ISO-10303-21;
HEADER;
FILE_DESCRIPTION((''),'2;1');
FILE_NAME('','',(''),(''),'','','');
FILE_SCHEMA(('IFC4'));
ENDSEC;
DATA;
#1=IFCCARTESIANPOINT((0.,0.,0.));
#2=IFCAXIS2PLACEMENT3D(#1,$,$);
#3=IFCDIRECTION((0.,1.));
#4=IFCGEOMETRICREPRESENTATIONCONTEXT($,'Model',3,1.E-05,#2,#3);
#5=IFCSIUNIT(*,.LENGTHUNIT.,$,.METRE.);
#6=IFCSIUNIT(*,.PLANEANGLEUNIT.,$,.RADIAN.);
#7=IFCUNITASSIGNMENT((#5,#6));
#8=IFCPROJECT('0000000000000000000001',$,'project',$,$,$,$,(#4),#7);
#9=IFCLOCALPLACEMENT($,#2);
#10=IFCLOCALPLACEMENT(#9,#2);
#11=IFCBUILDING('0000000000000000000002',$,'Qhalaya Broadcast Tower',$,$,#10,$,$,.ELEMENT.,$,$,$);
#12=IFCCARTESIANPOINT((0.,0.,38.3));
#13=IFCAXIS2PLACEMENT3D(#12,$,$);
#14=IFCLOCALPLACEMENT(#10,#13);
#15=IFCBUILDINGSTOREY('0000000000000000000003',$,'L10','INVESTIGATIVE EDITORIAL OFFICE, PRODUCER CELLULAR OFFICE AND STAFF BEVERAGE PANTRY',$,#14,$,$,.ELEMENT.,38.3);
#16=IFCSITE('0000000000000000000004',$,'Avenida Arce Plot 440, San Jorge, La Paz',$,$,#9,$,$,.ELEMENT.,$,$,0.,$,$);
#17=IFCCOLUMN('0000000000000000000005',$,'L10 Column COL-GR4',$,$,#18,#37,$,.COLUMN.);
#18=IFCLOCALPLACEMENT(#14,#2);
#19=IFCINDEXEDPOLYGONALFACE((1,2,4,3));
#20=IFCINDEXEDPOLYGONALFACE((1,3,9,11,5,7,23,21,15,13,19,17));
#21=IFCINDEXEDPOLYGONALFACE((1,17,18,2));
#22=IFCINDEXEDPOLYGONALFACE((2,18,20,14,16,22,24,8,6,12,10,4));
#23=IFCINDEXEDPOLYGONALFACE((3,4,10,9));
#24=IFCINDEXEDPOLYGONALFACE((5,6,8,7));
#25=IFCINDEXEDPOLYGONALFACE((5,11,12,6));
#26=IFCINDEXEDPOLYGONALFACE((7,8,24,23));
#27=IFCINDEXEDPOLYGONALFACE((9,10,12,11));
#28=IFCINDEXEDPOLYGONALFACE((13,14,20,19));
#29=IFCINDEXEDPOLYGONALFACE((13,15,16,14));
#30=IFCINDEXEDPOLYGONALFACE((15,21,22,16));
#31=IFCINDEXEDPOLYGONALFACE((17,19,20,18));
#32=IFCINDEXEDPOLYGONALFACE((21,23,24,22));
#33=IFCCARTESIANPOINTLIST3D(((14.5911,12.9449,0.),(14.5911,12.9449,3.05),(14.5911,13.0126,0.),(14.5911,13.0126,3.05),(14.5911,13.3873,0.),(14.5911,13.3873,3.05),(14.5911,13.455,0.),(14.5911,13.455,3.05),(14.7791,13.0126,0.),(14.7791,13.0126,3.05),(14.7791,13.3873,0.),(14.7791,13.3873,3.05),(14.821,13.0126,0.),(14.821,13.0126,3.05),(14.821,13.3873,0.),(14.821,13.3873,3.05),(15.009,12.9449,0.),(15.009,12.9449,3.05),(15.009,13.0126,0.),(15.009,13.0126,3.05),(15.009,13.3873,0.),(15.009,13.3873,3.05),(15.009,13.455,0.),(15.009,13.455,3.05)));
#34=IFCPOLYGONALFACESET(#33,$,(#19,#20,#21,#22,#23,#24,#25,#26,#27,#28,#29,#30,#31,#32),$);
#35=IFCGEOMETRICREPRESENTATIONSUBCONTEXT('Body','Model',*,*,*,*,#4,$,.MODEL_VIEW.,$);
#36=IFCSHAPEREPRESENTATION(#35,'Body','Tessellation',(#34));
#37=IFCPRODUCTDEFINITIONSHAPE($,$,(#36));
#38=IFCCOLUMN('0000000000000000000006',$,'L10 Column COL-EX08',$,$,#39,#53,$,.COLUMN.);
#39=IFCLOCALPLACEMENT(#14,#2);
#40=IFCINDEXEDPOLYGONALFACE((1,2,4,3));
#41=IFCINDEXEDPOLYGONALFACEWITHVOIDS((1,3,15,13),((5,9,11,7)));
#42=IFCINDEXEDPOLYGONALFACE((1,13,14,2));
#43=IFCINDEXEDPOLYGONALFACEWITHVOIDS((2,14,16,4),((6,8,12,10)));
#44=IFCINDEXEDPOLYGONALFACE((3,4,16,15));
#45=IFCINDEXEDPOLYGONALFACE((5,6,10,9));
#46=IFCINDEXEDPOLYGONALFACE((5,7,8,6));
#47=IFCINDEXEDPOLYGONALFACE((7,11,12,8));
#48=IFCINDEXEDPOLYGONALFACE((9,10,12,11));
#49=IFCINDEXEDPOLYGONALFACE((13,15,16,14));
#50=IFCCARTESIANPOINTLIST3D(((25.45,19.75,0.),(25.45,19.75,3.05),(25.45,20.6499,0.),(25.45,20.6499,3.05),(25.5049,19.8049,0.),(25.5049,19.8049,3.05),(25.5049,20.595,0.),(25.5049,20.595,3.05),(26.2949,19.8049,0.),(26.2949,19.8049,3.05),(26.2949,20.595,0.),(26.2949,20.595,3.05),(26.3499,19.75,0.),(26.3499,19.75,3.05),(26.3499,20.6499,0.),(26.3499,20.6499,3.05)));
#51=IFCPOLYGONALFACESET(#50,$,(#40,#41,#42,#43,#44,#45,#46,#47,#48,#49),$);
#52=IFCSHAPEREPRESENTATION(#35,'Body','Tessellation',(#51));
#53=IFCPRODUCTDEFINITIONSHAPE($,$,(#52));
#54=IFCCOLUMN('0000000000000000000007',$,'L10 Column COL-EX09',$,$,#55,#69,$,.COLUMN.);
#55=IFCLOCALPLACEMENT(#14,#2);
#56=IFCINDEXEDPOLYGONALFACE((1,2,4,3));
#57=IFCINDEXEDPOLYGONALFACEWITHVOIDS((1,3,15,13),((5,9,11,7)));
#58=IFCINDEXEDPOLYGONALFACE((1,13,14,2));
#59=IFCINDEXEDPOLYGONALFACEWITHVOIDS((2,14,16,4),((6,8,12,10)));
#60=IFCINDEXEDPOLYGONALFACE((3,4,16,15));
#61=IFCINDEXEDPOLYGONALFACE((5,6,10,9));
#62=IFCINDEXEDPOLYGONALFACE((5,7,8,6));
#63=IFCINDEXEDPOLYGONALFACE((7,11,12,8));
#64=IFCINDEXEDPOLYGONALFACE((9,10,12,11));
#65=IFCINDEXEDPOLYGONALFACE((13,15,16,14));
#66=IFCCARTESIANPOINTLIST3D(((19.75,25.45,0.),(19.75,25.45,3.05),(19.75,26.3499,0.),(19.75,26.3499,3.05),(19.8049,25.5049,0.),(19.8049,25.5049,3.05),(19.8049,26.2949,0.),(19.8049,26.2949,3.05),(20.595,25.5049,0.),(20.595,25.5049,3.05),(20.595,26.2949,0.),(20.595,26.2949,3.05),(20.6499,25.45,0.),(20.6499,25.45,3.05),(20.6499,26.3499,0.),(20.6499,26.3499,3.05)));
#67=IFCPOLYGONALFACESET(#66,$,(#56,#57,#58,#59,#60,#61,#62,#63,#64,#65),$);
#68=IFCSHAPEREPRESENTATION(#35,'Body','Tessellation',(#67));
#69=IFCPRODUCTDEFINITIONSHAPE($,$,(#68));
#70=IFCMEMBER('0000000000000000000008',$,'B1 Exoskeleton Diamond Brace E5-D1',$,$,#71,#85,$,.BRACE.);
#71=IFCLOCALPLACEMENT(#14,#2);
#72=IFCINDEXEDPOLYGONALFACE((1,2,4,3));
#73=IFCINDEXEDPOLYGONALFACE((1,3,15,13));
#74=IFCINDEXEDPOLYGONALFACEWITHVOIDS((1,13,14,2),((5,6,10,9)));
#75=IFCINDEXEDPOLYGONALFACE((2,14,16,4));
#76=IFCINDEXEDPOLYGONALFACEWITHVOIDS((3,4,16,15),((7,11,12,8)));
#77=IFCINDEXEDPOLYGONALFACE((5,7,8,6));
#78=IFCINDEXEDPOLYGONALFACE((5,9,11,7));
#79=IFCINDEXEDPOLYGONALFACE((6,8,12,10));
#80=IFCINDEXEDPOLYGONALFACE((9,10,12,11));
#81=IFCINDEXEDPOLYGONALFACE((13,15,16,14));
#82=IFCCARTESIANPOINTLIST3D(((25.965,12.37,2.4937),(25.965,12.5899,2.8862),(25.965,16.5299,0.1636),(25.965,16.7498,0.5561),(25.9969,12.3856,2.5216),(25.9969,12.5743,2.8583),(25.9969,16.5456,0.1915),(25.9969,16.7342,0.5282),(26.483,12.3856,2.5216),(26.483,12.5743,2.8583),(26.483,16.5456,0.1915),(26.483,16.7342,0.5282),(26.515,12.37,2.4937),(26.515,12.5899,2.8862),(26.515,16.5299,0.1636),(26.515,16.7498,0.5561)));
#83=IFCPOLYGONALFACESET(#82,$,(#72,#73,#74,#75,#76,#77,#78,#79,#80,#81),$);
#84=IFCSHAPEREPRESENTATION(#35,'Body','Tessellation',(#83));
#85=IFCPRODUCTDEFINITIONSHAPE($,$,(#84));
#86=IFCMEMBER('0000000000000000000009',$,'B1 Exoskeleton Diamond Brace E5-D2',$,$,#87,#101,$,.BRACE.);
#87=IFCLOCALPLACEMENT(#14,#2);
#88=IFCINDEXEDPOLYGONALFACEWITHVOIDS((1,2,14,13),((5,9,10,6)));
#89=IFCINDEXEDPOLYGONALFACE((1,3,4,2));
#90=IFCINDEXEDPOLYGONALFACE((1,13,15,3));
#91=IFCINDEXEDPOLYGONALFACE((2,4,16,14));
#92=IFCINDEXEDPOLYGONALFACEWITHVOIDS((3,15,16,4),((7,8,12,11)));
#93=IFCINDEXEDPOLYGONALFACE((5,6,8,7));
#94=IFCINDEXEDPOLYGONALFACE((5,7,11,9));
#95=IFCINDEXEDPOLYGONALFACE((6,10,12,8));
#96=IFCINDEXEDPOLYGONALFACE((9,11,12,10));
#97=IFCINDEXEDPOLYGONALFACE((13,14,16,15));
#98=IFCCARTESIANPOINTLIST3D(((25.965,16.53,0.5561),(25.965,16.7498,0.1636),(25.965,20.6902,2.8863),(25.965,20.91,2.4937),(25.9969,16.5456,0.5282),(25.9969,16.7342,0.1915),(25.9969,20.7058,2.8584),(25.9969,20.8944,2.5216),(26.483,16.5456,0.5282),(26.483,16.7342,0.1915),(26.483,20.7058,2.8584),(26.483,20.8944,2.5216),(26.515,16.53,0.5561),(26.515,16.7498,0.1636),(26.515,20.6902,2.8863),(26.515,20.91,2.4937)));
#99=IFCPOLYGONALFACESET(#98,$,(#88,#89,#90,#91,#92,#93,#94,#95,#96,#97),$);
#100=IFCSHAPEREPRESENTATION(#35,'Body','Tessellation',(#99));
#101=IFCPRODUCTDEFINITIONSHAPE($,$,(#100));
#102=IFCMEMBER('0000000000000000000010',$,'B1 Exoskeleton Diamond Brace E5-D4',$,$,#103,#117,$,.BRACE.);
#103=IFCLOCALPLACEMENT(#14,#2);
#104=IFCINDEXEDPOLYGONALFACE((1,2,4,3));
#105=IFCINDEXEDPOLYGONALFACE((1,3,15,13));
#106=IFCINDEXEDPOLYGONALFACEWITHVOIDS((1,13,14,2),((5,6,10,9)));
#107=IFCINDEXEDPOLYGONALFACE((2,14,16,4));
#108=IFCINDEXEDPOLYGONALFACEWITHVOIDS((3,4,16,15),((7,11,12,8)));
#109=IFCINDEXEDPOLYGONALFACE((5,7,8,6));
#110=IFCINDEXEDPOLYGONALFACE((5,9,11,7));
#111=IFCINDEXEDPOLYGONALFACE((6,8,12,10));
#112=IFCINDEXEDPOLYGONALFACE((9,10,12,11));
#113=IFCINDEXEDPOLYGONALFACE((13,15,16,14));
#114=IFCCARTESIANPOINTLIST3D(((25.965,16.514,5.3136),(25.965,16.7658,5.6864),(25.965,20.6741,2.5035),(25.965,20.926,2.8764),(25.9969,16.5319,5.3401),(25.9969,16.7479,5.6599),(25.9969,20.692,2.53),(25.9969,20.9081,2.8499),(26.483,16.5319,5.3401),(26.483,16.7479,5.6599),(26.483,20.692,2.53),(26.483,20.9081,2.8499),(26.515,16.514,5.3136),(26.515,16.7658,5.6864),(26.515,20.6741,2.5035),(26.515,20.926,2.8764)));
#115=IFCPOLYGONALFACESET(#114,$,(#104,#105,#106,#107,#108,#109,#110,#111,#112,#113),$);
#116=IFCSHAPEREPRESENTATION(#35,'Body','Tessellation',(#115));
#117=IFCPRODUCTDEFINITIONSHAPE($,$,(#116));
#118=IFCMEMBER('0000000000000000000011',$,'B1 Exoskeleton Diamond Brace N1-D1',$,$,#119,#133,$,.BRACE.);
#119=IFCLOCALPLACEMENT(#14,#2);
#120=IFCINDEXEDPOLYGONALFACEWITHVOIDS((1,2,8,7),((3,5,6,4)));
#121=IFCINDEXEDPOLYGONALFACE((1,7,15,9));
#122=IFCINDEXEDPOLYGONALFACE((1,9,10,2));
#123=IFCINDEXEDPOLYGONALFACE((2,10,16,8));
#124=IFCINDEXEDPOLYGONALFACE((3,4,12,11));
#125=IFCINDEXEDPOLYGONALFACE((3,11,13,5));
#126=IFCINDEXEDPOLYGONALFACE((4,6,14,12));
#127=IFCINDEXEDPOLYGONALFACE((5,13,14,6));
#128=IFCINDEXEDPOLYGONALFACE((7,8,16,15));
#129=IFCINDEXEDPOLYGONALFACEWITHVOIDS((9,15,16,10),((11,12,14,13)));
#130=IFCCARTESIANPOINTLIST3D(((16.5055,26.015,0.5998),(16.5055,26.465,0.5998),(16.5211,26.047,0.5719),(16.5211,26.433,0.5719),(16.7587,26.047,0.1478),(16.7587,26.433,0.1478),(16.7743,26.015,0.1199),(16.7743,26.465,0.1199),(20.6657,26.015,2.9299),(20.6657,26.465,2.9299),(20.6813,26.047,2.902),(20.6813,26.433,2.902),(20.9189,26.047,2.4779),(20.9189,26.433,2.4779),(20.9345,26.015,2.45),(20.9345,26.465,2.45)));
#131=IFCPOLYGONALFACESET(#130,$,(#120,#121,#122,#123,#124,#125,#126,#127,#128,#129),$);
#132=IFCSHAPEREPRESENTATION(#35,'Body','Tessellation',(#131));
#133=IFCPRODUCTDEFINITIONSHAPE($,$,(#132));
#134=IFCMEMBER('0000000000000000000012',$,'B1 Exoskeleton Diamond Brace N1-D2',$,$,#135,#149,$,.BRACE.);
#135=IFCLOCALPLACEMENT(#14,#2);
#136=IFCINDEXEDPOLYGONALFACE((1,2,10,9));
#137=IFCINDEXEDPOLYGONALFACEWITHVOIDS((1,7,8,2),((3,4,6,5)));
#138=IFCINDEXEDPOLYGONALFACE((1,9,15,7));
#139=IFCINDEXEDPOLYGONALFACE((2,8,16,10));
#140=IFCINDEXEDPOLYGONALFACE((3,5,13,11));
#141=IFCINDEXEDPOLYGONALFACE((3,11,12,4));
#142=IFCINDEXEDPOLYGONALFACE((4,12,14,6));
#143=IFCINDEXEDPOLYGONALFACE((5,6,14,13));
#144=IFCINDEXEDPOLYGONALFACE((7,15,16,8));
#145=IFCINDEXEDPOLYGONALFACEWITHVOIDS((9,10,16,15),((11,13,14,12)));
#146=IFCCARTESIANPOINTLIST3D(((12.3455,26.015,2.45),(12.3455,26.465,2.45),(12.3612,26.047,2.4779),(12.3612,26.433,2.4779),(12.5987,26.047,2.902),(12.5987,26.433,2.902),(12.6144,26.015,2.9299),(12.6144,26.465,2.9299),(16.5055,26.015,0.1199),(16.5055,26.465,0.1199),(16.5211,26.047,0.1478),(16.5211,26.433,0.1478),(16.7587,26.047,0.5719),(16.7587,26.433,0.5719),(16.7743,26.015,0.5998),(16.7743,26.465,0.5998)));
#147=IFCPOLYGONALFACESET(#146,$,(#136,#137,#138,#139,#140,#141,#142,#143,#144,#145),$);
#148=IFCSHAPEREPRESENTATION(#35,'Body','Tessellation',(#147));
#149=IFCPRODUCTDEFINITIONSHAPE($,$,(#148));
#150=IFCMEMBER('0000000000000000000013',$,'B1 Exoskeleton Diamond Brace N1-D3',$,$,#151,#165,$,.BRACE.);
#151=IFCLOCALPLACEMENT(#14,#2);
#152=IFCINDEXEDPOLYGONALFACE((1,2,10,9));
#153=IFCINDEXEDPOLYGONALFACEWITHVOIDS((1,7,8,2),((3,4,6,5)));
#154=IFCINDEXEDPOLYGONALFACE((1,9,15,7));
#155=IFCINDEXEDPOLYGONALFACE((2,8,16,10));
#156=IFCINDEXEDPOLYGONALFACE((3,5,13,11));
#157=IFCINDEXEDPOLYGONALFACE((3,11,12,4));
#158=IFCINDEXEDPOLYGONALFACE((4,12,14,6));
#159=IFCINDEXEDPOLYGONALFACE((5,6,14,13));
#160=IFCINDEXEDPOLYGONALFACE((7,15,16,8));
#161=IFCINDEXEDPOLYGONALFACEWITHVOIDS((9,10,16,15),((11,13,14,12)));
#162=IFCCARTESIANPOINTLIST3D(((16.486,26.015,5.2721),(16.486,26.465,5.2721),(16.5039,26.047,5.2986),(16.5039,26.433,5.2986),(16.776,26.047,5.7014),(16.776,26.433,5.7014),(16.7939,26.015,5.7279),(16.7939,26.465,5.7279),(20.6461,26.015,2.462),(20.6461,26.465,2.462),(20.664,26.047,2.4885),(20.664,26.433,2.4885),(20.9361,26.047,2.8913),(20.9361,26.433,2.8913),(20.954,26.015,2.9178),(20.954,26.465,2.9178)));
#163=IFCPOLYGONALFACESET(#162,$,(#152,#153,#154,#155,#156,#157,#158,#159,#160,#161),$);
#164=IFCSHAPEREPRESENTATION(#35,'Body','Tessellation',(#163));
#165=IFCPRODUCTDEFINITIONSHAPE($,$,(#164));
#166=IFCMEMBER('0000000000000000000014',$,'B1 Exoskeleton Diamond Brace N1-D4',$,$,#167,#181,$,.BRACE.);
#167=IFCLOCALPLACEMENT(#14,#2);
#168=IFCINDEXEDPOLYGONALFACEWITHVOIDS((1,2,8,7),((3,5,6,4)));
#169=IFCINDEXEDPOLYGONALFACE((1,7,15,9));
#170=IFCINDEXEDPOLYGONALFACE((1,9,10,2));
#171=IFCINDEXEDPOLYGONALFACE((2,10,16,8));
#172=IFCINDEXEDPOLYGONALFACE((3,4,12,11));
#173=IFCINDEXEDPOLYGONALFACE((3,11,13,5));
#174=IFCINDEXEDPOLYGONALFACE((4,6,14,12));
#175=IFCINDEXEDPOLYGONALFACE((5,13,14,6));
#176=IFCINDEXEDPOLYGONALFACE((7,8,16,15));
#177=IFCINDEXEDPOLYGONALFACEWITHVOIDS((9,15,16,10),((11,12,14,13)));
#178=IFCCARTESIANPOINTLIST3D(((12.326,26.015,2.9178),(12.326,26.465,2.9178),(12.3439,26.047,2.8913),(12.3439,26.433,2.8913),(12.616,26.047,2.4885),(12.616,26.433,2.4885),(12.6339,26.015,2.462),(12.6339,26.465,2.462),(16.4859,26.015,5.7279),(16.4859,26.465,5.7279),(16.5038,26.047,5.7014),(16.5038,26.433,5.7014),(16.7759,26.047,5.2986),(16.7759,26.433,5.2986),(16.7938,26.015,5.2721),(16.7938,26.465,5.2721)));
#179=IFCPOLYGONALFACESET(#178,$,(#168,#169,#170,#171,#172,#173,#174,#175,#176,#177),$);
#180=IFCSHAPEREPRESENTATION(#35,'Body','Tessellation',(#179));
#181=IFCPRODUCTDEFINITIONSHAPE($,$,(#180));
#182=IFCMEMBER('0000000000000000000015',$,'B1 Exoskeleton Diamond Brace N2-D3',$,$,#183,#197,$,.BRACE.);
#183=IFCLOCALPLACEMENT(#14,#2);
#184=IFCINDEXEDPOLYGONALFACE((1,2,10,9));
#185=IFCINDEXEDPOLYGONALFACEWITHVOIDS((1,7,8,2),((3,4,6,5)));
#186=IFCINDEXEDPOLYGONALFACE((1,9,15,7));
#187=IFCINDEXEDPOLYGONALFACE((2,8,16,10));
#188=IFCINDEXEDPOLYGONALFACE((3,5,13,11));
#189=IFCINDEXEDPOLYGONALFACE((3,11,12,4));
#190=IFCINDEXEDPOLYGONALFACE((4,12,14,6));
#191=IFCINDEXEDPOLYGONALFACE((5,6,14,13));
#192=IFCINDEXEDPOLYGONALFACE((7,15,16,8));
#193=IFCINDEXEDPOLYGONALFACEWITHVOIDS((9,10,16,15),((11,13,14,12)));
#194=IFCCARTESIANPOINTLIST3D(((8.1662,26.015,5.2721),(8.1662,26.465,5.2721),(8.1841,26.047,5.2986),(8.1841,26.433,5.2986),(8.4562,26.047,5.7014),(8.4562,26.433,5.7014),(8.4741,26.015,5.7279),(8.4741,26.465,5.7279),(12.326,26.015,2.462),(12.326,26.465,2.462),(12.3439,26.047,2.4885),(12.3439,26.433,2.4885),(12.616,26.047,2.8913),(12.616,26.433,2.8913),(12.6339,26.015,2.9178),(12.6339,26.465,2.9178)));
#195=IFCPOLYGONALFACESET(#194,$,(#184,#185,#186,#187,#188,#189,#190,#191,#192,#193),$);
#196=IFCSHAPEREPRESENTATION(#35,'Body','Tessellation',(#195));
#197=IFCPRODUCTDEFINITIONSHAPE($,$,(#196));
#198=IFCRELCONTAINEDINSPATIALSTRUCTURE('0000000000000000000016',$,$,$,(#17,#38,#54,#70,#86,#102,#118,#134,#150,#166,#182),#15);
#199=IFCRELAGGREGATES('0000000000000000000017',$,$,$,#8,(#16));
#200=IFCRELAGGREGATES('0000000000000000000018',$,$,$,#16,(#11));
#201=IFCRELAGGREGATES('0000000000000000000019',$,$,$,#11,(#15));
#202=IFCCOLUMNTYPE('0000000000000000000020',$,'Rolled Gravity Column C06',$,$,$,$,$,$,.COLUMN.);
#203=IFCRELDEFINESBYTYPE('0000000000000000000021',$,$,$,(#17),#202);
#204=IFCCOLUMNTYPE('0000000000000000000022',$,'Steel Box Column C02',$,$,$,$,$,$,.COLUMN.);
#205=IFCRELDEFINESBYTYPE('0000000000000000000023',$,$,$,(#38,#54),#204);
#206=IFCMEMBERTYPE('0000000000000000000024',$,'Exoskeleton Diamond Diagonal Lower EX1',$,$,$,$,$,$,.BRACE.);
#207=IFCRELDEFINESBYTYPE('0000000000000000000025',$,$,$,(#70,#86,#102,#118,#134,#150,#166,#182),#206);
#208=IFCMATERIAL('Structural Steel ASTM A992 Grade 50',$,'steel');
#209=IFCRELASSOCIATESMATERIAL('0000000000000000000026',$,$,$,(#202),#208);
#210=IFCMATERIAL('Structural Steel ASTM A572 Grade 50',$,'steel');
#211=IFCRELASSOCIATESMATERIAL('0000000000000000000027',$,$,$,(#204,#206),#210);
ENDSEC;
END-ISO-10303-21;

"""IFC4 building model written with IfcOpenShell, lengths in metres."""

from ifc_helpers import new_model, si_unit, direction, frame, origin, origin_2d, place, context, subcontext, project, spatial, hollow_rectangle, i_section, extrude, material, material_profile, profile_set, type_object, element, save


model = new_model("IFC4")

# Units and contexts
model_context = context("Model", 3, precision=1e-05, world=origin(), true_north=direction((0.0, 1.0)))
body_context = subcontext(model_context, "Body", "Model", "MODEL_VIEW")
ifc_project = project(units=[si_unit("LENGTHUNIT", "METRE"), si_unit("PLANEANGLEUNIT", "RADIAN")], contexts=[model_context])

# Site, building, storey
site_placement = place(None, origin())
site = spatial("IfcSite", under=ifc_project, at=site_placement, Name="Avenida Arce Plot 440, San Jorge, La Paz", CompositionType="ELEMENT", RefElevation=0.0)
building_placement = place(site_placement, origin())
building = spatial("IfcBuilding", under=site, at=building_placement, Name="Qhalaya Broadcast Tower", CompositionType="ELEMENT")
storey_placement = place(building_placement, frame((0.0, 0.0, 38.3)))
storey = spatial("IfcBuildingStorey", under=building, at=storey_placement, Name="L10", Description="INVESTIGATIVE EDITORIAL OFFICE, PRODUCER CELLULAR OFFICE AND STAFF BEVERAGE PANTRY", CompositionType="ELEMENT", Elevation=38.3)

# Columns
ifc_material_1 = material(Name="Structural Steel ASTM A992 Grade 50", Category="steel")
ifc_material_profile_1 = material_profile(ifc_material_1, i_section(OverallWidth=0.418, OverallDepth=0.51, WebThickness=0.042, FlangeThickness=0.0676, at=origin_2d()), Name="W14X370")
ifc_profile_set_1 = profile_set([ifc_material_profile_1], Name="Structural Steel ASTM A992 Grade 50")
column_type_1 = type_object("IfcColumnType", Name="Rolled Gravity Column C06", PredefinedType="COLUMN", material=ifc_profile_set_1)
column_placement = place(storey_placement, frame((14.8, 13.2, 0.0), z_axis=(0.0, 0.0, 1.0), x_axis=(1.0, 0.0, 0.0)))
element("IfcColumn", 1, at=column_placement, inside=storey, type_object=column_type_1, Name="L10 Column COL-GR4", PredefinedType="COLUMN", context=body_context, shape_type="SweptSolid", body=[
    extrude(i_section(OverallWidth=0.418, OverallDepth=0.51, WebThickness=0.042, FlangeThickness=0.0676, at=origin_2d()), origin(), (0.0, 0.0, 1.0), 3.05),
])
ifc_material_2 = material(Name="Structural Steel ASTM A572 Grade 50", Category="steel")
ifc_material_profile_2 = material_profile(ifc_material_2, hollow_rectangle(XDim=0.8999, YDim=0.8999, WallThickness=0.0549, at=origin_2d()), Name="BOX 900x900x55")
ifc_profile_set_2 = profile_set([ifc_material_profile_2], Name="Structural Steel ASTM A572 Grade 50")
column_type_2 = type_object("IfcColumnType", Name="Steel Box Column C02", PredefinedType="COLUMN", material=ifc_profile_set_2)
for number, where, z_axis, x_axis, name in (
    (2, (25.8999, 20.2, 0.0), (0.0, 0.0, 1.0), (0.0, 1.0, 0.0), "L10 Column COL-EX08"),
    (3, (20.2, 25.8999, 0.0), (0.0, 0.0, 1.0), (1.0, 0.0, 0.0), "L10 Column COL-EX09"),
):
    element("IfcColumn", number, at=place(storey_placement, frame(where, z_axis=z_axis, x_axis=x_axis)), inside=storey, type_object=column_type_2, Name=name, PredefinedType="COLUMN", context=body_context, shape_type="SweptSolid", body=[
        extrude(hollow_rectangle(XDim=0.8999, YDim=0.8999, WallThickness=0.0549, at=origin_2d()), origin(), (0.0, 0.0, 1.0), 3.05),
    ])

# Members
ifc_material_profile_3 = material_profile(ifc_material_2, hollow_rectangle(XDim=0.45, YDim=0.55, WallThickness=0.032, at=origin_2d()), Name="BOX 450x550x32")
ifc_profile_set_3 = profile_set([ifc_material_profile_3], Name="Structural Steel ASTM A572 Grade 50")
member_type_1 = type_object("IfcMemberType", Name="Exoskeleton Diamond Diagonal Lower EX1", PredefinedType="BRACE", material=ifc_profile_set_3)
member_1_placement = place(storey_placement, frame((26.24, 16.6399, 0.3599), z_axis=(0.0, -0.872459, 0.488688), x_axis=(0.0, 0.488688, 0.872459)))
element("IfcMember", 4, at=member_1_placement, inside=storey, type_object=member_type_1, Name="B1 Exoskeleton Diamond Brace E5-D1", PredefinedType="BRACE", context=body_context, shape_type="SweptSolid", body=[
    extrude(hollow_rectangle(XDim=0.45, YDim=0.55, WallThickness=0.032, at=origin_2d()), origin(), (0.0, 0.0, 1.0), 4.7681),
])
member_2_placement = place(storey_placement, frame((26.24, 16.6399, 0.3599), z_axis=(0.0, 0.872471, 0.488666), x_axis=(0.0, -0.488666, 0.872471)))
element("IfcMember", 5, at=member_2_placement, inside=storey, type_object=member_type_1, Name="B1 Exoskeleton Diamond Brace E5-D2", PredefinedType="BRACE", context=body_context, shape_type="SweptSolid", body=[
    extrude(hollow_rectangle(XDim=0.45, YDim=0.55, WallThickness=0.032, at=origin_2d()), origin(), (0.0, 0.0, 1.0), 4.7683),
])
member_3_placement = place(storey_placement, frame((26.24, 20.8, 2.6899), z_axis=(0.0, -0.828668, 0.55974), x_axis=(0.0, 0.55974, 0.828668)))
element("IfcMember", 6, at=member_3_placement, inside=storey, type_object=member_type_1, Name="B1 Exoskeleton Diamond Brace E5-D4", PredefinedType="BRACE", context=body_context, shape_type="SweptSolid", body=[
    extrude(hollow_rectangle(XDim=0.45, YDim=0.55, WallThickness=0.032, at=origin_2d()), origin(), (0.0, 0.0, 1.0), 5.0203),
])
member_4_placement = place(storey_placement, frame((16.6399, 26.24, 0.3599), z_axis=(0.872471, 0.0, 0.488666), x_axis=(0.0, 1.0, 0.0)))
element("IfcMember", 7, at=member_4_placement, inside=storey, type_object=member_type_1, Name="B1 Exoskeleton Diamond Brace N1-D1", PredefinedType="BRACE", context=body_context, shape_type="SweptSolid", body=[
    extrude(hollow_rectangle(XDim=0.45, YDim=0.55, WallThickness=0.032, at=origin_2d()), origin(), (0.0, 0.0, 1.0), 4.7683),
])
member_5_placement = place(storey_placement, frame((16.6399, 26.24, 0.3599), z_axis=(-0.872459, 0.0, 0.488688), x_axis=(0.0, -1.0, 0.0)))
element("IfcMember", 8, at=member_5_placement, inside=storey, type_object=member_type_1, Name="B1 Exoskeleton Diamond Brace N1-D2", PredefinedType="BRACE", context=body_context, shape_type="SweptSolid", body=[
    extrude(hollow_rectangle(XDim=0.45, YDim=0.55, WallThickness=0.032, at=origin_2d()), origin(), (0.0, 0.0, 1.0), 4.7681),
])
member_6_placement = place(storey_placement, frame((20.8, 26.24, 2.6899), z_axis=(-0.828668, 0.0, 0.55974), x_axis=(0.0, -1.0, 0.0)))
element("IfcMember", 9, at=member_6_placement, inside=storey, type_object=member_type_1, Name="B1 Exoskeleton Diamond Brace N1-D3", PredefinedType="BRACE", context=body_context, shape_type="SweptSolid", body=[
    extrude(hollow_rectangle(XDim=0.45, YDim=0.55, WallThickness=0.032, at=origin_2d()), origin(), (0.0, 0.0, 1.0), 5.0203),
])
for number, where, z_axis, x_axis, name in (
    (10, (12.48, 26.24, 2.6899), (0.828653, 0.0, 0.559763), (0.0, 1.0, 0.0), "B1 Exoskeleton Diamond Brace N1-D4"),
    (11, (12.48, 26.24, 2.6899), (-0.828653, 0.0, 0.559763), (0.0, -1.0, 0.0), "B1 Exoskeleton Diamond Brace N2-D3"),
):
    element("IfcMember", number, at=place(storey_placement, frame(where, z_axis=z_axis, x_axis=x_axis)), inside=storey, type_object=member_type_1, Name=name, PredefinedType="BRACE", context=body_context, shape_type="SweptSolid", body=[
        extrude(hollow_rectangle(XDim=0.45, YDim=0.55, WallThickness=0.032, at=origin_2d()), origin(), (0.0, 0.0, 1.0), 5.02),
    ])

save(model, "model.ifc")
